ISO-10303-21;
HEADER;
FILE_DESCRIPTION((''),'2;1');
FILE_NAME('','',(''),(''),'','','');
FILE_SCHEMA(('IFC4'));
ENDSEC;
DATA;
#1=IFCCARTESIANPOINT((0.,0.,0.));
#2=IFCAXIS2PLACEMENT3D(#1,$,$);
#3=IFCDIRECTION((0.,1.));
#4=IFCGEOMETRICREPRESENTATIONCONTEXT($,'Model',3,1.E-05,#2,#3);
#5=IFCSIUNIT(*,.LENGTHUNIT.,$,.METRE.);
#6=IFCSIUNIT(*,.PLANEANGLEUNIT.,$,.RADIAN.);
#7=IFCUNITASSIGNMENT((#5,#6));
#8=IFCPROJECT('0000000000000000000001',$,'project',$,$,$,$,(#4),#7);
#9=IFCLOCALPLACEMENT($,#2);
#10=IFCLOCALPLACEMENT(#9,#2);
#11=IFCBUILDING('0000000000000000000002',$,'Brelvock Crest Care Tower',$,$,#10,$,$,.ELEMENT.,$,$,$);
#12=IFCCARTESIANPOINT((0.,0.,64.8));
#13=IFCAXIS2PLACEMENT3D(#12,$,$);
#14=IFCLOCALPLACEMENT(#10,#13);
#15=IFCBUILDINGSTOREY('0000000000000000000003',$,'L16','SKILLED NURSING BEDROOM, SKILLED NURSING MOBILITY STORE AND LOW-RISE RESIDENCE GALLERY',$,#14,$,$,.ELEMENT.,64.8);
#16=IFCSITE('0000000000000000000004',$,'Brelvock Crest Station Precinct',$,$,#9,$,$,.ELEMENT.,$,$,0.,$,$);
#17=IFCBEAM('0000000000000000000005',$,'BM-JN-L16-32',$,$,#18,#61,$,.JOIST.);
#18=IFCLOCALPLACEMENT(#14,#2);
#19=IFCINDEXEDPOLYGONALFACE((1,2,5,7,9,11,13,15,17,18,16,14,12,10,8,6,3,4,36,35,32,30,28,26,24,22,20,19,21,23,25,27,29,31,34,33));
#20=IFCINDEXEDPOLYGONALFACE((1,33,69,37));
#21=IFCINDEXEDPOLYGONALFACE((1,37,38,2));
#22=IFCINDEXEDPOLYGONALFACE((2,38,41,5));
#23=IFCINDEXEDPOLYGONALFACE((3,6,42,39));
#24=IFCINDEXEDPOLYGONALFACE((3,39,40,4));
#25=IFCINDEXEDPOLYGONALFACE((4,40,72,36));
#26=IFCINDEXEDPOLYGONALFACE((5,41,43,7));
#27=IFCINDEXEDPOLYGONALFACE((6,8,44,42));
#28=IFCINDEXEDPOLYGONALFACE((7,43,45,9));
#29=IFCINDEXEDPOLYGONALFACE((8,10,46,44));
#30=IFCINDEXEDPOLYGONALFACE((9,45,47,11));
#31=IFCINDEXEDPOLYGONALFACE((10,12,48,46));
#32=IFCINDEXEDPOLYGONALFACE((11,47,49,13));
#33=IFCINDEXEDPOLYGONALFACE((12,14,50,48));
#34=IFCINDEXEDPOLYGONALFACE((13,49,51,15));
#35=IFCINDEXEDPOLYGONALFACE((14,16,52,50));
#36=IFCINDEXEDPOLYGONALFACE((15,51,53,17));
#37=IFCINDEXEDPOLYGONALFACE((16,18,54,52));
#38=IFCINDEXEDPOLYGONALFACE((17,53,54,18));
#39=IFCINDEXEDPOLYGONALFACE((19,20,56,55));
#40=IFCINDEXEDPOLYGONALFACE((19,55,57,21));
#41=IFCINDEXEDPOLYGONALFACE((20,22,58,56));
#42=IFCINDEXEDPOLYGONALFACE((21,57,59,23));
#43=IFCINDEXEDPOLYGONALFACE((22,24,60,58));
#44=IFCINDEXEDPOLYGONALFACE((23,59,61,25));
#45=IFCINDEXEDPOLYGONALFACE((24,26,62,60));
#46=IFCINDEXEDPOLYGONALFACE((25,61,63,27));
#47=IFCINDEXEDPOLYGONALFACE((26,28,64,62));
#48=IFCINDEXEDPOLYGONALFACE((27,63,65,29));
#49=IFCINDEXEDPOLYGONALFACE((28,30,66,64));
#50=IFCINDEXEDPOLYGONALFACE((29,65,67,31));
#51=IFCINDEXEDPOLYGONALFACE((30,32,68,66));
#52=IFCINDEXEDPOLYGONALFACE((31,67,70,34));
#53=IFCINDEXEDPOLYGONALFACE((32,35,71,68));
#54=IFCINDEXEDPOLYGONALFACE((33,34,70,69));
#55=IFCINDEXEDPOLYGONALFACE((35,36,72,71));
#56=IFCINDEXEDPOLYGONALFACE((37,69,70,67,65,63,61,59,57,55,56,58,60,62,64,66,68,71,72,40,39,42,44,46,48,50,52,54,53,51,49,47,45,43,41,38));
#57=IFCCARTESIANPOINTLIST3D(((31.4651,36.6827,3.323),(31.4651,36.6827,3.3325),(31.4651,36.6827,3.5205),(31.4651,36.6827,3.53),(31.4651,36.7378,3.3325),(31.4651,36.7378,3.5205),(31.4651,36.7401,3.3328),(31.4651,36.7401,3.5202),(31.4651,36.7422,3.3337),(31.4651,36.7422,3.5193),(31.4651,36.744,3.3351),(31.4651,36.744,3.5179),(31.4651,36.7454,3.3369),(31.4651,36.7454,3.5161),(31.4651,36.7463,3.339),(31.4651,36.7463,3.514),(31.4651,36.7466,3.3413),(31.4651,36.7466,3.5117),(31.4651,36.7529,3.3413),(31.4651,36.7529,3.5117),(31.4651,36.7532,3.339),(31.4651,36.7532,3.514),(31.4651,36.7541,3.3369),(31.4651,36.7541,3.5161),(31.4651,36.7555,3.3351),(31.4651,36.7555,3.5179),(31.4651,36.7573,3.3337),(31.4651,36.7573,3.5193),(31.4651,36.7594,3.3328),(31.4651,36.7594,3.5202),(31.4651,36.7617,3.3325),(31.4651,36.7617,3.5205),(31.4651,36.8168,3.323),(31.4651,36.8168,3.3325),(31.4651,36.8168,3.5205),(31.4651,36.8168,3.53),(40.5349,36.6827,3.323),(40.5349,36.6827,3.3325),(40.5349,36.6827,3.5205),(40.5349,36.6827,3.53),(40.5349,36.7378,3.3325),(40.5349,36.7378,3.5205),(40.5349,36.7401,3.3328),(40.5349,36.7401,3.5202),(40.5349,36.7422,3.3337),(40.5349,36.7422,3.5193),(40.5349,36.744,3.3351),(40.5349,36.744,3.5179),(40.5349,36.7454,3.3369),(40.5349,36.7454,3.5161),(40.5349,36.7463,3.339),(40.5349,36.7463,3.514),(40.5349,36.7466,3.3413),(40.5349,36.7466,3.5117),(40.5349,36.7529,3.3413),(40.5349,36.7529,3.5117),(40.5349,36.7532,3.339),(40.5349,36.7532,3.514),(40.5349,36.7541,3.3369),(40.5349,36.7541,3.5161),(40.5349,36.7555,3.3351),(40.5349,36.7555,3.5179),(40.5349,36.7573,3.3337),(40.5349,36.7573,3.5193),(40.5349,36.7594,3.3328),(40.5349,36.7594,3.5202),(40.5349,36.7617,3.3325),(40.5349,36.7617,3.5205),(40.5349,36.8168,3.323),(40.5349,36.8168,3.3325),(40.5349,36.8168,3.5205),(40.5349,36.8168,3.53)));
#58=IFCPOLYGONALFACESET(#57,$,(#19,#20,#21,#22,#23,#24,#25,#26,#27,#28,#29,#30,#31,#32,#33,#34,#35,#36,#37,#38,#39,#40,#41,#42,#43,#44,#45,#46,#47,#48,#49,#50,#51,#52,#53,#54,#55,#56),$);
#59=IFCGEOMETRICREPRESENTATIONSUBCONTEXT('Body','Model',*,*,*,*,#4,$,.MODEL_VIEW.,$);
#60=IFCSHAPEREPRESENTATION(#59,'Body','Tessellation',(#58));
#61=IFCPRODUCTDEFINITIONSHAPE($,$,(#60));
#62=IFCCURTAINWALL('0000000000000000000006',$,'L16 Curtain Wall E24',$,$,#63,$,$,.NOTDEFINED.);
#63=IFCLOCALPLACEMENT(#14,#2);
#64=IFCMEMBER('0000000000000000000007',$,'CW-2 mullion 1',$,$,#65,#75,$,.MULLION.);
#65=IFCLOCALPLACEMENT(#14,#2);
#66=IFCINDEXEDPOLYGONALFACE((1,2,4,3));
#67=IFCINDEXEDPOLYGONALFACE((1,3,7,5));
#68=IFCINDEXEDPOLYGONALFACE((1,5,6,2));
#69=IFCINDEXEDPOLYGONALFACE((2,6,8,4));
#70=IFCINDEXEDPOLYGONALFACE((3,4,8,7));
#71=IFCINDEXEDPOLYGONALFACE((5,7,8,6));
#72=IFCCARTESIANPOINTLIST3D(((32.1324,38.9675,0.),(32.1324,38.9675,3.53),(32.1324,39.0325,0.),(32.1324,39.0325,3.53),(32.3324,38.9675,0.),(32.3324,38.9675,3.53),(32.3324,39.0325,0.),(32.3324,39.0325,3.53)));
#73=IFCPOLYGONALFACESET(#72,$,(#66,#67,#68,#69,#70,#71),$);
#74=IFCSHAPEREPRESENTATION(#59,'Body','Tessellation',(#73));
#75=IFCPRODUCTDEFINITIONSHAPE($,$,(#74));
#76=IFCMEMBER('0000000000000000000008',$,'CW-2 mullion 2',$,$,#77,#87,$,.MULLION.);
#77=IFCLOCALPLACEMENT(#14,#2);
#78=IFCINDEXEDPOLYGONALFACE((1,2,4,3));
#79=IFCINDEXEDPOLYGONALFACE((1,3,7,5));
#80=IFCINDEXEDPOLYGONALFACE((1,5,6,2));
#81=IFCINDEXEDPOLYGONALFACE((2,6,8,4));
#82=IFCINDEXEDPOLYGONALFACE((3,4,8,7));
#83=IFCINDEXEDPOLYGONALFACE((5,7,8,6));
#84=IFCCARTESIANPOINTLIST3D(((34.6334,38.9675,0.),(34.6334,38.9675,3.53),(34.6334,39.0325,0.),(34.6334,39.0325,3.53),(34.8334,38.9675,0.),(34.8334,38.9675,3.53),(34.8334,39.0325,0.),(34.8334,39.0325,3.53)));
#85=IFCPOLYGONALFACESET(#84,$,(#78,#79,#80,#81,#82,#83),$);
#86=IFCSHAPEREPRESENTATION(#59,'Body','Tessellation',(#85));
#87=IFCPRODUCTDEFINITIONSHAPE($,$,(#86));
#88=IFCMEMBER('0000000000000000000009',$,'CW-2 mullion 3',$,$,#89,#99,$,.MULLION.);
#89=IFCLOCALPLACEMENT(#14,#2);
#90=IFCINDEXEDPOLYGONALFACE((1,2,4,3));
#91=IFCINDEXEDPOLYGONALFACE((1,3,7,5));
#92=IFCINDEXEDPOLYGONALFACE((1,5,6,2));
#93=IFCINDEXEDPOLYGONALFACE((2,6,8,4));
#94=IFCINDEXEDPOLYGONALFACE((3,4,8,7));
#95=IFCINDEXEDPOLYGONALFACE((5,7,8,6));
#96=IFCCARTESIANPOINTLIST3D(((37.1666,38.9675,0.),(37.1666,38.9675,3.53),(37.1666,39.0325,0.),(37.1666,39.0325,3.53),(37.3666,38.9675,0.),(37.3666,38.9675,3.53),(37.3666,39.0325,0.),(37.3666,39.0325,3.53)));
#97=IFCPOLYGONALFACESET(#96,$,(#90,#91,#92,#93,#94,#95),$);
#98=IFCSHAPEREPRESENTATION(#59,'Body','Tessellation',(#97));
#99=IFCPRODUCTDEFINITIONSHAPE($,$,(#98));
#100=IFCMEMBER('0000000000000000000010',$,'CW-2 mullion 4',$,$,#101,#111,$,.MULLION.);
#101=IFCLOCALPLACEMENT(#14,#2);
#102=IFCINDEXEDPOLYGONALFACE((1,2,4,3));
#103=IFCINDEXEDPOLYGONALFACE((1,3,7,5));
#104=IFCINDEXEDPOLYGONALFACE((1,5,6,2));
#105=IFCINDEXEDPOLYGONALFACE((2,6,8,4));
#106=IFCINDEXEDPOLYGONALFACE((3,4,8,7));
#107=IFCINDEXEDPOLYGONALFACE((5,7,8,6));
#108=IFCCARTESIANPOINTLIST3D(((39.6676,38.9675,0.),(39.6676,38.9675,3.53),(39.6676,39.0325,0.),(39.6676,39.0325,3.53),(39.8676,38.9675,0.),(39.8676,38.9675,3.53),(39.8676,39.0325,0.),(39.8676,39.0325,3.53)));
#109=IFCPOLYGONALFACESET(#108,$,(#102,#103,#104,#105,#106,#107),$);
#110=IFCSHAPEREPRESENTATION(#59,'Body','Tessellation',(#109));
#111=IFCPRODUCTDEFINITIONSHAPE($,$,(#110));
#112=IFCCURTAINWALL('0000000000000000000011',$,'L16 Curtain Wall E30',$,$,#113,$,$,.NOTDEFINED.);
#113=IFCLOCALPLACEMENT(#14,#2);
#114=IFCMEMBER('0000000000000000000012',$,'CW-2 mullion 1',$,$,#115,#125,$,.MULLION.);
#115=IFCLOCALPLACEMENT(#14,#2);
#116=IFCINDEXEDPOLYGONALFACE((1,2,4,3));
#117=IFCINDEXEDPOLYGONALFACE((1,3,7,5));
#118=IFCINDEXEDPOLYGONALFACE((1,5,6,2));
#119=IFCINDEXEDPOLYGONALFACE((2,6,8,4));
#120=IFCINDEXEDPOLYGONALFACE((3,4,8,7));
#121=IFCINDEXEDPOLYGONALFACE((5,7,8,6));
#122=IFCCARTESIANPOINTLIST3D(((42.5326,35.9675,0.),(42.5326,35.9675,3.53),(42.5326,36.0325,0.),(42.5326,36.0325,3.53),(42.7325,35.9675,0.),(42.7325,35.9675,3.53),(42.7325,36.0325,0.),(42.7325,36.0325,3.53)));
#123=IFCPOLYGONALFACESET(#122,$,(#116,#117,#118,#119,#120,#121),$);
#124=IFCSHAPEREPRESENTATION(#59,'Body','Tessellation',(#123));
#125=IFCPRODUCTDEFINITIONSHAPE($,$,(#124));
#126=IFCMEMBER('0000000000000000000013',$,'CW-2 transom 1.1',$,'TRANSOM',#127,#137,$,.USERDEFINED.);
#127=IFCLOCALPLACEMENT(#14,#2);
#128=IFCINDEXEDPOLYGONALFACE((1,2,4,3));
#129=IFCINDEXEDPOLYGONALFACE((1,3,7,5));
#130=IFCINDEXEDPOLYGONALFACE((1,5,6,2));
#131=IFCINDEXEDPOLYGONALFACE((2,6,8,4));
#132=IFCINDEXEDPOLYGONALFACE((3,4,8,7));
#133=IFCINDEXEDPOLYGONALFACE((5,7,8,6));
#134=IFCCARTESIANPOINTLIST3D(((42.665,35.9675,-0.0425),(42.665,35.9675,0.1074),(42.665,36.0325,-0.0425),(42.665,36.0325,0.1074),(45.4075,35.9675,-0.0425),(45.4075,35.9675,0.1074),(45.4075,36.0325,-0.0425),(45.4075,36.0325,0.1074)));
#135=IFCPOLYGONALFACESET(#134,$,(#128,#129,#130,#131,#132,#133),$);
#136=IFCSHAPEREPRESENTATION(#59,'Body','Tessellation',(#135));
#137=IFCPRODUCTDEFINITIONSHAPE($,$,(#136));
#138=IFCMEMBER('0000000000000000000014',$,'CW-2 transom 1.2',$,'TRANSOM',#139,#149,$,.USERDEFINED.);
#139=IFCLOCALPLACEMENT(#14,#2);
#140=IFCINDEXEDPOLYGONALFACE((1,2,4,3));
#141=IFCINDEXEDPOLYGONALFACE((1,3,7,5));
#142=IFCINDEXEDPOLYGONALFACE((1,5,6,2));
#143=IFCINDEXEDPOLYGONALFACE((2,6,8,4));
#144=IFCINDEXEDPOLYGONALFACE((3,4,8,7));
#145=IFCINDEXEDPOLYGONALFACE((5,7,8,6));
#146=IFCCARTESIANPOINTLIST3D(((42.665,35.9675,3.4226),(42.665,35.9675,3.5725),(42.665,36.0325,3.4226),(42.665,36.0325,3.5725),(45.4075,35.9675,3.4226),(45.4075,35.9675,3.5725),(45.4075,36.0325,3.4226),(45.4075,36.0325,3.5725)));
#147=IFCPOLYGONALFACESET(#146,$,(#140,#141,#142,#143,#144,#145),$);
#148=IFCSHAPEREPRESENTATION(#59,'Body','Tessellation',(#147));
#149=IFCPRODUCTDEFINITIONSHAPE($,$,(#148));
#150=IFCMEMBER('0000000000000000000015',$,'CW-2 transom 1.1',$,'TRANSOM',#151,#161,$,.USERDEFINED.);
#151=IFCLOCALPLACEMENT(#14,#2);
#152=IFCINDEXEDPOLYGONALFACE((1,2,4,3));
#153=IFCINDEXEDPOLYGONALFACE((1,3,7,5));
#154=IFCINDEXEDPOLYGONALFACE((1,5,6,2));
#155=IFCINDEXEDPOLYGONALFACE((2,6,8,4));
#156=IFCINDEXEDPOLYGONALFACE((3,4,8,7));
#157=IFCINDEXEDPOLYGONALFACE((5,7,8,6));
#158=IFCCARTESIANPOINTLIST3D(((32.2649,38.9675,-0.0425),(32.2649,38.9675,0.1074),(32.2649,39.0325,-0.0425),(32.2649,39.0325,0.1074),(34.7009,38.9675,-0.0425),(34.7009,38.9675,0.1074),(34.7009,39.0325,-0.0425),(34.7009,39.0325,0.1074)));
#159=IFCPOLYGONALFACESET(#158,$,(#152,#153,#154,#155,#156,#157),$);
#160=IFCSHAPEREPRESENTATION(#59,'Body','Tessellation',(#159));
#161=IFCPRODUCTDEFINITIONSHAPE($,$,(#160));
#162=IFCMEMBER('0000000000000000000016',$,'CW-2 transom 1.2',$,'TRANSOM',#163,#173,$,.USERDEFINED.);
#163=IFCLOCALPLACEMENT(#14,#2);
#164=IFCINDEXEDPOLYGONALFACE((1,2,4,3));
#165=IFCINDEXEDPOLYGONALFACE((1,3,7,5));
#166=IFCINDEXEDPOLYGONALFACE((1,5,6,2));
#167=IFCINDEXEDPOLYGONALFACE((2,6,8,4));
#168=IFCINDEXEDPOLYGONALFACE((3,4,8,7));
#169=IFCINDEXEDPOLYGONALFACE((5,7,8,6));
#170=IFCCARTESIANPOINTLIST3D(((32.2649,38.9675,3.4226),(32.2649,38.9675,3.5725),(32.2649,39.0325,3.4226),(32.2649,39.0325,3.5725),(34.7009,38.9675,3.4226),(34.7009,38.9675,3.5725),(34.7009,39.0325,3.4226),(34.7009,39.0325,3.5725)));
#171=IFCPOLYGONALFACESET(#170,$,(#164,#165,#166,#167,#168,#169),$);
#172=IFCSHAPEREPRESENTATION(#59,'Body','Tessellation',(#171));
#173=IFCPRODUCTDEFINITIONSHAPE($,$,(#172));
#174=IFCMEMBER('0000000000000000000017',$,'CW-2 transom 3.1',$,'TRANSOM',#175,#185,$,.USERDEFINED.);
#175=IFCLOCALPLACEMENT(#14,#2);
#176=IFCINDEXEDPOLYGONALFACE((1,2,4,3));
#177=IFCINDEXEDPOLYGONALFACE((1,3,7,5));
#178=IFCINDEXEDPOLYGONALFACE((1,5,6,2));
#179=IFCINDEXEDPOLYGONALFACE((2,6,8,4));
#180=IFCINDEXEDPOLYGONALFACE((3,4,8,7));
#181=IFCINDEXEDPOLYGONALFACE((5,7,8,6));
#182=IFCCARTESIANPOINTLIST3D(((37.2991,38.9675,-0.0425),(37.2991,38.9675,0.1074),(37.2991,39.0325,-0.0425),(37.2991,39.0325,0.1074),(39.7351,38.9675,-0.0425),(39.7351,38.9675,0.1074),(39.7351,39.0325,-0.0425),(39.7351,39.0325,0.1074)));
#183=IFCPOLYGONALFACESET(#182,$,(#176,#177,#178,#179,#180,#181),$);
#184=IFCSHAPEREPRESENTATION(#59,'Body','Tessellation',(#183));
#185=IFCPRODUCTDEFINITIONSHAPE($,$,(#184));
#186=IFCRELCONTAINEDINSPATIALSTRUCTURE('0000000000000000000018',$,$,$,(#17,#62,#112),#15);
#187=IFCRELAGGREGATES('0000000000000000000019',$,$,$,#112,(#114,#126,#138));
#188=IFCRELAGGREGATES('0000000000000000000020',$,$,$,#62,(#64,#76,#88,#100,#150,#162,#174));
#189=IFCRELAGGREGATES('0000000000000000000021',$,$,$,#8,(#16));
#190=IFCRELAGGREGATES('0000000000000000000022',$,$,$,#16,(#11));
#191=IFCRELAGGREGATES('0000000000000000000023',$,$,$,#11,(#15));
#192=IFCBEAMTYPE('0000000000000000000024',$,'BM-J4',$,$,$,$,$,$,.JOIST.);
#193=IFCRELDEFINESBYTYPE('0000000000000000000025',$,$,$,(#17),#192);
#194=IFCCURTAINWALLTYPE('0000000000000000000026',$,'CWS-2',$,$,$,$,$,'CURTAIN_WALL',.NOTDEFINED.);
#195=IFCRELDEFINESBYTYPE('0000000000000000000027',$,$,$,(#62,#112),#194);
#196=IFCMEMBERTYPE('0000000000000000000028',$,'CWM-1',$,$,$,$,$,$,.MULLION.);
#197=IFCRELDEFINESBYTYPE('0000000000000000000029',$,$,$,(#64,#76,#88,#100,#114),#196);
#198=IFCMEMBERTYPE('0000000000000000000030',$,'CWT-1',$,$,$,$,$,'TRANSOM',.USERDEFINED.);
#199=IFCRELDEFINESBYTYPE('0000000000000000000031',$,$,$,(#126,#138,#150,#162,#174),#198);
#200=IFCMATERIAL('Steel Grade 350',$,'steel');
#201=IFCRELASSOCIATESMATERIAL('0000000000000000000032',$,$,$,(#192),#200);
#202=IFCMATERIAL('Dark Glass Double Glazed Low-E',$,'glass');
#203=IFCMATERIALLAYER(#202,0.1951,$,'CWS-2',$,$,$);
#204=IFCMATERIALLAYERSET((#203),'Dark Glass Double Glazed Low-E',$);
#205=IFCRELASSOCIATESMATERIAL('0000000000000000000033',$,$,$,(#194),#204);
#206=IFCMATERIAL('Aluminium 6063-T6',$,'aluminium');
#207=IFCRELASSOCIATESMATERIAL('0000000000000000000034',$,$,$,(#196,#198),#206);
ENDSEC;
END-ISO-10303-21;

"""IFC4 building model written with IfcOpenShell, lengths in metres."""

from ifc_helpers import new_model, si_unit, direction, frame, origin, origin_2d, place, context, subcontext, project, spatial, rectangle, i_section, extrude, source, transform, mapped, material, layer, layer_set, material_profile, profile_set, type_object, element, aggregate, save


model = new_model("IFC4")

# Units and contexts
model_context = context("Model", 3, precision=1e-05, world=origin(), true_north=direction((0.0, 1.0)))
body_context = subcontext(model_context, "Body", "Model", "MODEL_VIEW")
ifc_project = project(units=[si_unit("LENGTHUNIT", "METRE"), si_unit("PLANEANGLEUNIT", "RADIAN")], contexts=[model_context])

# Site, building, storey
site_placement = place(None, origin())
site = spatial("IfcSite", under=ifc_project, at=site_placement, Name="Brelvock Crest Station Precinct", CompositionType="ELEMENT", RefElevation=0.0)
building_placement = place(site_placement, origin())
building = spatial("IfcBuilding", under=site, at=building_placement, Name="Brelvock Crest Care Tower", CompositionType="ELEMENT")
storey_placement = place(building_placement, frame((0.0, 0.0, 64.8)))
storey = spatial("IfcBuildingStorey", under=building, at=storey_placement, Name="L16", Description="SKILLED NURSING BEDROOM, SKILLED NURSING MOBILITY STORE AND LOW-RISE RESIDENCE GALLERY", CompositionType="ELEMENT", Elevation=64.8)

# Shared definitions
ifc_material_1 = material(Name="Steel Grade 350", Category="steel")

# Beam
ifc_material_profile_1 = material_profile(ifc_material_1, i_section(OverallWidth=0.134, OverallDepth=0.207, WebThickness=0.0063, FlangeThickness=0.0095, FilletRadius=0.0088, at=origin_2d()), Name="200UB29.8")
ifc_profile_set_1 = profile_set([ifc_material_profile_1], Name="Steel Grade 350")
beam_type_1 = type_object("IfcBeamType", Name="BM-J4", PredefinedType="JOIST", material=ifc_profile_set_1)
shared_shape_1 = source(origin(), body_context, "Body", "SweptSolid", [
    extrude(i_section(OverallWidth=0.134, OverallDepth=0.207, WebThickness=0.0063, FlangeThickness=0.0095, FilletRadius=0.0088, at=origin_2d()), origin(), (0.0, 0.0, 1.0), 9.0698),
])
for number, where, z_axis, x_axis, name in (
    (1, (31.4651, 36.7498, 3.4265), (1.0, 0.0, 0.0), (0.0, 1.0, 0.0), "BM-JN-L16-32"),
):
    element("IfcBeam", number, at=place(storey_placement, frame(where, z_axis=z_axis, x_axis=x_axis)), inside=storey, type_object=beam_type_1, Name=name, PredefinedType="JOIST", context=body_context, shape_type="MappedRepresentation", body=[
        mapped(shared_shape_1, transform((0.0, 0.0, 0.0), x_axis=(1.0, 0.0, 0.0), y_axis=(0.0, 1.0, 0.0), z_axis=(0.0, 0.0, 1.0), scale=1.0)),
    ])

# Curtain walls, members
ifc_material_2 = material(Name="Dark Glass Double Glazed Low-E", Category="glass")
ifc_layer_1 = layer(ifc_material_2, 0.1951, Name="CWS-2")
ifc_layer_set_1 = layer_set([ifc_layer_1], Name="Dark Glass Double Glazed Low-E")
curtain_wall_type = type_object("IfcCurtainWallType", Name="CWS-2", ElementType="CURTAIN_WALL", PredefinedType="NOTDEFINED", material=ifc_layer_set_1)
curtain_wall_1_placement = place(storey_placement, origin())
curtain_wall_1 = element("IfcCurtainWall", 2, at=curtain_wall_1_placement, inside=storey, type_object=curtain_wall_type, Name="L16 Curtain Wall E24", PredefinedType="NOTDEFINED")
ifc_material_3 = material(Name="Aluminium 6063-T6", Category="aluminium")
ifc_material_profile_2 = material_profile(ifc_material_3, rectangle(XDim=0.0649, YDim=0.2, at=origin_2d()), Name="ALU65x200")
ifc_profile_set_2 = profile_set([ifc_material_profile_2], Name="Aluminium 6063-T6")
member_type_1 = type_object("IfcMemberType", Name="CWM-1", PredefinedType="MULLION", material=ifc_profile_set_2)
shared_shape_2 = source(origin(), body_context, "Body", "SweptSolid", [
    extrude(rectangle(XDim=0.0649, YDim=0.2, at=origin_2d()), origin(), (0.0, 0.0, 1.0), 3.53),
])
member_1_placement = place(storey_placement, frame((32.2324, 39.0, 0.0), z_axis=(0.0, 0.0, 1.0), x_axis=(0.0, 1.0, 0.0)))
member_1 = element("IfcMember", 3, at=member_1_placement, type_object=member_type_1, Name="CW-2 mullion 1", PredefinedType="MULLION", context=body_context, shape_type="MappedRepresentation", body=[
    mapped(shared_shape_2, transform((0.0, 0.0, 0.0), x_axis=(1.0, 0.0, 0.0), y_axis=(0.0, 1.0, 0.0), z_axis=(0.0, 0.0, 1.0), scale=1.0)),
])
member_2_placement = place(storey_placement, frame((34.7334, 39.0, 0.0), z_axis=(0.0, 0.0, 1.0), x_axis=(0.0, 1.0, 0.0)))
member_2 = element("IfcMember", 4, at=member_2_placement, type_object=member_type_1, Name="CW-2 mullion 2", PredefinedType="MULLION", context=body_context, shape_type="MappedRepresentation", body=[
    mapped(shared_shape_2, transform((0.0, 0.0, 0.0), x_axis=(1.0, 0.0, 0.0), y_axis=(0.0, 1.0, 0.0), z_axis=(0.0, 0.0, 1.0), scale=1.0)),
])
member_3_placement = place(storey_placement, frame((37.2666, 39.0, 0.0), z_axis=(0.0, 0.0, 1.0), x_axis=(0.0, 1.0, 0.0)))
member_3 = element("IfcMember", 5, at=member_3_placement, type_object=member_type_1, Name="CW-2 mullion 3", PredefinedType="MULLION", context=body_context, shape_type="MappedRepresentation", body=[
    mapped(shared_shape_2, transform((0.0, 0.0, 0.0), x_axis=(1.0, 0.0, 0.0), y_axis=(0.0, 1.0, 0.0), z_axis=(0.0, 0.0, 1.0), scale=1.0)),
])
member_4_placement = place(storey_placement, frame((39.7676, 39.0, 0.0), z_axis=(0.0, 0.0, 1.0), x_axis=(0.0, 1.0, 0.0)))
member_4 = element("IfcMember", 6, at=member_4_placement, type_object=member_type_1, Name="CW-2 mullion 4", PredefinedType="MULLION", context=body_context, shape_type="MappedRepresentation", body=[
    mapped(shared_shape_2, transform((0.0, 0.0, 0.0), x_axis=(1.0, 0.0, 0.0), y_axis=(0.0, 1.0, 0.0), z_axis=(0.0, 0.0, 1.0), scale=1.0)),
])
curtain_wall_2_placement = place(storey_placement, origin())
curtain_wall_2 = element("IfcCurtainWall", 7, at=curtain_wall_2_placement, inside=storey, type_object=curtain_wall_type, Name="L16 Curtain Wall E30", PredefinedType="NOTDEFINED")
member_5_placement = place(storey_placement, frame((42.6326, 36.0, 0.0), z_axis=(0.0, 0.0, 1.0), x_axis=(0.0, 1.0, 0.0)))
member_5 = element("IfcMember", 8, at=member_5_placement, type_object=member_type_1, Name="CW-2 mullion 1", PredefinedType="MULLION", context=body_context, shape_type="MappedRepresentation", body=[
    mapped(shared_shape_2, transform((0.0, 0.0, 0.0), x_axis=(1.0, 0.0, 0.0), y_axis=(0.0, 1.0, 0.0), z_axis=(0.0, 0.0, 1.0), scale=1.0)),
])
ifc_material_profile_3 = material_profile(ifc_material_3, rectangle(XDim=0.0649, YDim=0.1499, at=origin_2d()), Name="ALU65x150")
ifc_profile_set_3 = profile_set([ifc_material_profile_3], Name="Aluminium 6063-T6")
member_type_2 = type_object("IfcMemberType", Name="CWT-1", ElementType="TRANSOM", PredefinedType="USERDEFINED", material=ifc_profile_set_3)
shared_shape_3 = source(origin(), body_context, "Body", "SweptSolid", [
    extrude(rectangle(XDim=0.0649, YDim=0.1499, at=origin_2d()), origin(), (0.0, 0.0, 1.0), 2.7424),
])
member_6_placement = place(storey_placement, frame((42.665, 36.0, 0.0325), z_axis=(1.0, 0.0, 0.0), x_axis=(0.0, 1.0, 0.0)))
member_6 = element("IfcMember", 9, at=member_6_placement, type_object=member_type_2, Name="CW-2 transom 1.1", ObjectType="TRANSOM", PredefinedType="USERDEFINED", context=body_context, shape_type="MappedRepresentation", body=[
    mapped(shared_shape_3, transform((0.0, 0.0, 0.0), x_axis=(1.0, 0.0, 0.0), y_axis=(0.0, 1.0, 0.0), z_axis=(0.0, 0.0, 1.0), scale=1.0)),
])
member_7_placement = place(storey_placement, frame((42.665, 36.0, 3.4976), z_axis=(1.0, 0.0, 0.0), x_axis=(0.0, 1.0, 0.0)))
member_7 = element("IfcMember", 10, at=member_7_placement, type_object=member_type_2, Name="CW-2 transom 1.2", ObjectType="TRANSOM", PredefinedType="USERDEFINED", context=body_context, shape_type="MappedRepresentation", body=[
    mapped(shared_shape_3, transform((0.0, 0.0, 0.0), x_axis=(1.0, 0.0, 0.0), y_axis=(0.0, 1.0, 0.0), z_axis=(0.0, 0.0, 1.0), scale=1.0)),
])

# Members
shared_shape_4 = source(origin(), body_context, "Body", "SweptSolid", [
    extrude(rectangle(XDim=0.0649, YDim=0.1499, at=origin_2d()), origin(), (0.0, 0.0, 1.0), 2.436),
])
member_8_placement = place(storey_placement, frame((32.2649, 39.0, 0.0325), z_axis=(1.0, 0.0, 0.0), x_axis=(0.0, 1.0, 0.0)))
member_8 = element("IfcMember", 11, at=member_8_placement, type_object=member_type_2, Name="CW-2 transom 1.1", ObjectType="TRANSOM", PredefinedType="USERDEFINED", context=body_context, shape_type="MappedRepresentation", body=[
    mapped(shared_shape_4, transform((0.0, 0.0, 0.0), x_axis=(1.0, 0.0, 0.0), y_axis=(0.0, 1.0, 0.0), z_axis=(0.0, 0.0, 1.0), scale=1.0)),
])
member_9_placement = place(storey_placement, frame((32.2649, 39.0, 3.4976), z_axis=(1.0, 0.0, 0.0), x_axis=(0.0, 1.0, 0.0)))
member_9 = element("IfcMember", 12, at=member_9_placement, type_object=member_type_2, Name="CW-2 transom 1.2", ObjectType="TRANSOM", PredefinedType="USERDEFINED", context=body_context, shape_type="MappedRepresentation", body=[
    mapped(shared_shape_4, transform((0.0, 0.0, 0.0), x_axis=(1.0, 0.0, 0.0), y_axis=(0.0, 1.0, 0.0), z_axis=(0.0, 0.0, 1.0), scale=1.0)),
])
member_10_placement = place(storey_placement, frame((37.2991, 39.0, 0.0325), z_axis=(1.0, 0.0, 0.0), x_axis=(0.0, 1.0, 0.0)))
member_10 = element("IfcMember", 13, at=member_10_placement, type_object=member_type_2, Name="CW-2 transom 3.1", ObjectType="TRANSOM", PredefinedType="USERDEFINED", context=body_context, shape_type="MappedRepresentation", body=[
    mapped(shared_shape_4, transform((0.0, 0.0, 0.0), x_axis=(1.0, 0.0, 0.0), y_axis=(0.0, 1.0, 0.0), z_axis=(0.0, 0.0, 1.0), scale=1.0)),
])

aggregate(curtain_wall_2, [member_5, member_6, member_7])
aggregate(curtain_wall_1, [member_1, member_2, member_3, member_4, member_8, member_9, member_10])

save(model, "model.ifc")
